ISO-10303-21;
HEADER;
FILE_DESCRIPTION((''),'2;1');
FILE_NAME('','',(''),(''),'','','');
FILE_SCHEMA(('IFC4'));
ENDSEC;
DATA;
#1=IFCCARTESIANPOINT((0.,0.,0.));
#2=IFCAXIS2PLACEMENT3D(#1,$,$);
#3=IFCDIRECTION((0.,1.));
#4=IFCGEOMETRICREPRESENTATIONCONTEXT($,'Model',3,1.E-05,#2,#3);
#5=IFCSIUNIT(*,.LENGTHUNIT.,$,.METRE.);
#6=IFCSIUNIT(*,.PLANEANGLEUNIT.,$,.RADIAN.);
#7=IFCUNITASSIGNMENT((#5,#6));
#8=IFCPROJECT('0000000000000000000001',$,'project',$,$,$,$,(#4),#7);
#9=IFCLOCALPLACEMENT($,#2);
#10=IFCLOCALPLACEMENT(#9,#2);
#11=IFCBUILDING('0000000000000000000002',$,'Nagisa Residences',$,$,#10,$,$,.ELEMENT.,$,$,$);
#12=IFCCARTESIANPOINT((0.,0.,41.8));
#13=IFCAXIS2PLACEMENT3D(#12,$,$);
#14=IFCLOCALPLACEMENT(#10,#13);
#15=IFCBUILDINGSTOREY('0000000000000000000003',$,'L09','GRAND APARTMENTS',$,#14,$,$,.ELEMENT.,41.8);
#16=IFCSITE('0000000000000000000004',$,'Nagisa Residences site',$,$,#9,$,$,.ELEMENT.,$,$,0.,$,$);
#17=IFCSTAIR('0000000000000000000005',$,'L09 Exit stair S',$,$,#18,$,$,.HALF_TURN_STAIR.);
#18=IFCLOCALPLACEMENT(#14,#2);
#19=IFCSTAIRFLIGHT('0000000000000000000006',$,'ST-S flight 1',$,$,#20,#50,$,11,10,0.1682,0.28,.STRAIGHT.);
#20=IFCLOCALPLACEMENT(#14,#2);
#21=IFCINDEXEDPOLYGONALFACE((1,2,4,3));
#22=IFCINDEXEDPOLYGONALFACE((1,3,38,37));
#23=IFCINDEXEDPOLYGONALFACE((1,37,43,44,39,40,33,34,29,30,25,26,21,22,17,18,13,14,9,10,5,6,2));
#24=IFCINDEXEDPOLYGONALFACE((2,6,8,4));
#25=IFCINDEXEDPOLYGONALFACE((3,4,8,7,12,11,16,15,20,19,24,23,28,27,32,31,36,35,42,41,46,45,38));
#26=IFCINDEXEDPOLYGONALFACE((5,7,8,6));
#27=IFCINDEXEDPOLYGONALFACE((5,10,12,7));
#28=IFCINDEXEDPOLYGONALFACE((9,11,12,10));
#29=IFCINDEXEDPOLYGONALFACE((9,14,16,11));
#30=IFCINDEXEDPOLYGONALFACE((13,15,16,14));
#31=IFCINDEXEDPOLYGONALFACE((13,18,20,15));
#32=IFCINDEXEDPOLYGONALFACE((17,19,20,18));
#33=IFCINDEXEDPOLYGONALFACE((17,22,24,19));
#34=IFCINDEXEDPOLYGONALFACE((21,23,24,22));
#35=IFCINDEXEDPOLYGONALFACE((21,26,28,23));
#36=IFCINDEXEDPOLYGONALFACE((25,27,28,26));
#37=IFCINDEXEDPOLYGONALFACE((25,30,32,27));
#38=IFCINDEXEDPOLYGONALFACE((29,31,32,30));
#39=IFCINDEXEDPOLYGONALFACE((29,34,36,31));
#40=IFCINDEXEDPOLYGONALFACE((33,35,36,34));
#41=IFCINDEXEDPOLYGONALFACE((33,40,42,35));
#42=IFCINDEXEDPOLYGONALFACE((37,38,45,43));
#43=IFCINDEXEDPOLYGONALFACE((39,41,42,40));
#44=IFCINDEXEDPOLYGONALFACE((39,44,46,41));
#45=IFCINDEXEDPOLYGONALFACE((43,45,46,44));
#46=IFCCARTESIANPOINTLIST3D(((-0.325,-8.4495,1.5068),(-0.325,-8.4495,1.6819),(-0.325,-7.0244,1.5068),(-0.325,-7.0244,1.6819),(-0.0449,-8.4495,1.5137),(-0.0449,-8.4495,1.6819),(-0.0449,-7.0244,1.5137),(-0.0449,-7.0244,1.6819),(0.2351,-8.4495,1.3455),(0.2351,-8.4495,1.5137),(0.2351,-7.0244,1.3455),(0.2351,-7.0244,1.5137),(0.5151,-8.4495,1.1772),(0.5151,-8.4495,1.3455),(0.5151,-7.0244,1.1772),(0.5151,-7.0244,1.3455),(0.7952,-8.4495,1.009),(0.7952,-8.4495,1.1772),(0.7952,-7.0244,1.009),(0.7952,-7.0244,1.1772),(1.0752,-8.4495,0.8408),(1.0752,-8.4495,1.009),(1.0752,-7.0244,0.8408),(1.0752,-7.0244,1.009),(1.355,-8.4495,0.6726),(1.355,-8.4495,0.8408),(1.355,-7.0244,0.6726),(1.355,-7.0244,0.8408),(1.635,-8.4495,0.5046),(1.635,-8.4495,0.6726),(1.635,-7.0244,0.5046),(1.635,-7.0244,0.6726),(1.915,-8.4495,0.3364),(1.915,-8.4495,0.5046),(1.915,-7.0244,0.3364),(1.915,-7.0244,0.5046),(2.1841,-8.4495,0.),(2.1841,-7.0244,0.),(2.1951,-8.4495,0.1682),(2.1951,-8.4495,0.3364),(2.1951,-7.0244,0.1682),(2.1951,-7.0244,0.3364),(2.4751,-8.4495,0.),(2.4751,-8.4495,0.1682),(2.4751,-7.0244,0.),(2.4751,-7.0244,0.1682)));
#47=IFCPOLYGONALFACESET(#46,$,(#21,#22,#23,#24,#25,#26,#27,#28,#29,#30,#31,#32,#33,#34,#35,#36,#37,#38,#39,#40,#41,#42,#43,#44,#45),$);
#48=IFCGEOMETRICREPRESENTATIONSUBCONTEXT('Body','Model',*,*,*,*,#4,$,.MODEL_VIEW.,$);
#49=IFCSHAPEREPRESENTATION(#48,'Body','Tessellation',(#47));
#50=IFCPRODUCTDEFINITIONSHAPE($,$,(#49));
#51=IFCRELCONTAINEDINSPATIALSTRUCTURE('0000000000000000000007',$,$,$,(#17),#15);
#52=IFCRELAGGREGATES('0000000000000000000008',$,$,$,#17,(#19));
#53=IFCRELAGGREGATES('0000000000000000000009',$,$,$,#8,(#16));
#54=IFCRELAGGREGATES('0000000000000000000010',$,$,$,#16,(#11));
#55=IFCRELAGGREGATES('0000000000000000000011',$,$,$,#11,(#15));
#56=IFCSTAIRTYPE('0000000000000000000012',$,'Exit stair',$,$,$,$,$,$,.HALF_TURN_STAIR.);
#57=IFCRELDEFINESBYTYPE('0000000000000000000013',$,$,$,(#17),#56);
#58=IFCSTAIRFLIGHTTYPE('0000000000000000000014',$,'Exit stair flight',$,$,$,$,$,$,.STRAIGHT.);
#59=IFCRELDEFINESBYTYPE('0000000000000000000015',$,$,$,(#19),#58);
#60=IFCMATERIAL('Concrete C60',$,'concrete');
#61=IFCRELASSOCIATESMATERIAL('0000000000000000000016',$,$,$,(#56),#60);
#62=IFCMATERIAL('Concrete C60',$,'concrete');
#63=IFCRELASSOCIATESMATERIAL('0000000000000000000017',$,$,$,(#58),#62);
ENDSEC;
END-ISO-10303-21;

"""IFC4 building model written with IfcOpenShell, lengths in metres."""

from ifc_helpers import new_model, si_unit, direction, frame, origin, place, context, subcontext, project, spatial, polyline, outline, extrude, material, type_object, element, aggregate, save


model = new_model("IFC4")

# Units and contexts
model_context = context("Model", 3, precision=1e-05, world=origin(), true_north=direction((0.0, 1.0)))
body_context = subcontext(model_context, "Body", "Model", "MODEL_VIEW")
ifc_project = project(units=[si_unit("LENGTHUNIT", "METRE"), si_unit("PLANEANGLEUNIT", "RADIAN")], contexts=[model_context])

# Site, building, storey
site_placement = place(None, origin())
site = spatial("IfcSite", under=ifc_project, at=site_placement, Name="Nagisa Residences site", CompositionType="ELEMENT", RefElevation=0.0)
building_placement = place(site_placement, origin())
building = spatial("IfcBuilding", under=site, at=building_placement, Name="Nagisa Residences", CompositionType="ELEMENT")
storey_placement = place(building_placement, frame((0.0, 0.0, 41.8)))
storey = spatial("IfcBuildingStorey", under=building, at=storey_placement, Name="L09", Description="GRAND APARTMENTS", CompositionType="ELEMENT", Elevation=41.8)

# Stair, stair flight
ifc_material_1 = material(Name="Concrete C60", Category="concrete")
stair_type = type_object("IfcStairType", Name="Exit stair", PredefinedType="HALF_TURN_STAIR", material=ifc_material_1)
stair_placement = place(storey_placement, origin())
stair = element("IfcStair", 1, at=stair_placement, inside=storey, type_object=stair_type, Name="L09 Exit stair S", PredefinedType="HALF_TURN_STAIR")
ifc_material_2 = material(Name="Concrete C60", Category="concrete")
stair_flight_type = type_object("IfcStairFlightType", Name="Exit stair flight", PredefinedType="STRAIGHT", material=ifc_material_2)
stair_flight_placement = place(storey_placement, frame((2.4751, -7.7371, 0.0), z_axis=(0.0, 0.0, 1.0), x_axis=(-1.0, 0.0, 0.0)))
stair_flight = element("IfcStairFlight", 2, at=stair_flight_placement, type_object=stair_flight_type, Name="ST-S flight 1", NumberOfRisers=11, NumberOfTreads=10, PredefinedType="STRAIGHT", RiserHeight=0.1682, TreadLength=0.28, context=body_context, shape_type="SweptSolid", body=[
    extrude(outline(polyline([(0.0, 0.0), (0.0, 0.1682), (0.28, 0.1682), (0.28, 0.3364), (0.5601, 0.3364), (0.5601, 0.5046), (0.8401, 0.5046), (0.8401, 0.6726), (1.1201, 0.6726), (1.1201, 0.8408), (1.3999, 0.8408), (1.3999, 1.009), (1.6799, 1.009), (1.6799, 1.1772), (1.96, 1.1772), (1.96, 1.3455), (2.24, 1.3455), (2.24, 1.5137), (2.52, 1.5137), (2.52, 1.6819), (2.8, 1.6819), (2.8, 1.8501), (2.8, 1.5068), (0.291, 0.0), (0.0, 0.0)])), frame((0.0, 0.7124, 0.0), z_axis=(0.0, -1.0, 0.0), x_axis=(1.0, 0.0, 0.0)), (0.0, 0.0, 1.0), 1.425),
])
aggregate(stair, [stair_flight])

save(model, "model.ifc")
